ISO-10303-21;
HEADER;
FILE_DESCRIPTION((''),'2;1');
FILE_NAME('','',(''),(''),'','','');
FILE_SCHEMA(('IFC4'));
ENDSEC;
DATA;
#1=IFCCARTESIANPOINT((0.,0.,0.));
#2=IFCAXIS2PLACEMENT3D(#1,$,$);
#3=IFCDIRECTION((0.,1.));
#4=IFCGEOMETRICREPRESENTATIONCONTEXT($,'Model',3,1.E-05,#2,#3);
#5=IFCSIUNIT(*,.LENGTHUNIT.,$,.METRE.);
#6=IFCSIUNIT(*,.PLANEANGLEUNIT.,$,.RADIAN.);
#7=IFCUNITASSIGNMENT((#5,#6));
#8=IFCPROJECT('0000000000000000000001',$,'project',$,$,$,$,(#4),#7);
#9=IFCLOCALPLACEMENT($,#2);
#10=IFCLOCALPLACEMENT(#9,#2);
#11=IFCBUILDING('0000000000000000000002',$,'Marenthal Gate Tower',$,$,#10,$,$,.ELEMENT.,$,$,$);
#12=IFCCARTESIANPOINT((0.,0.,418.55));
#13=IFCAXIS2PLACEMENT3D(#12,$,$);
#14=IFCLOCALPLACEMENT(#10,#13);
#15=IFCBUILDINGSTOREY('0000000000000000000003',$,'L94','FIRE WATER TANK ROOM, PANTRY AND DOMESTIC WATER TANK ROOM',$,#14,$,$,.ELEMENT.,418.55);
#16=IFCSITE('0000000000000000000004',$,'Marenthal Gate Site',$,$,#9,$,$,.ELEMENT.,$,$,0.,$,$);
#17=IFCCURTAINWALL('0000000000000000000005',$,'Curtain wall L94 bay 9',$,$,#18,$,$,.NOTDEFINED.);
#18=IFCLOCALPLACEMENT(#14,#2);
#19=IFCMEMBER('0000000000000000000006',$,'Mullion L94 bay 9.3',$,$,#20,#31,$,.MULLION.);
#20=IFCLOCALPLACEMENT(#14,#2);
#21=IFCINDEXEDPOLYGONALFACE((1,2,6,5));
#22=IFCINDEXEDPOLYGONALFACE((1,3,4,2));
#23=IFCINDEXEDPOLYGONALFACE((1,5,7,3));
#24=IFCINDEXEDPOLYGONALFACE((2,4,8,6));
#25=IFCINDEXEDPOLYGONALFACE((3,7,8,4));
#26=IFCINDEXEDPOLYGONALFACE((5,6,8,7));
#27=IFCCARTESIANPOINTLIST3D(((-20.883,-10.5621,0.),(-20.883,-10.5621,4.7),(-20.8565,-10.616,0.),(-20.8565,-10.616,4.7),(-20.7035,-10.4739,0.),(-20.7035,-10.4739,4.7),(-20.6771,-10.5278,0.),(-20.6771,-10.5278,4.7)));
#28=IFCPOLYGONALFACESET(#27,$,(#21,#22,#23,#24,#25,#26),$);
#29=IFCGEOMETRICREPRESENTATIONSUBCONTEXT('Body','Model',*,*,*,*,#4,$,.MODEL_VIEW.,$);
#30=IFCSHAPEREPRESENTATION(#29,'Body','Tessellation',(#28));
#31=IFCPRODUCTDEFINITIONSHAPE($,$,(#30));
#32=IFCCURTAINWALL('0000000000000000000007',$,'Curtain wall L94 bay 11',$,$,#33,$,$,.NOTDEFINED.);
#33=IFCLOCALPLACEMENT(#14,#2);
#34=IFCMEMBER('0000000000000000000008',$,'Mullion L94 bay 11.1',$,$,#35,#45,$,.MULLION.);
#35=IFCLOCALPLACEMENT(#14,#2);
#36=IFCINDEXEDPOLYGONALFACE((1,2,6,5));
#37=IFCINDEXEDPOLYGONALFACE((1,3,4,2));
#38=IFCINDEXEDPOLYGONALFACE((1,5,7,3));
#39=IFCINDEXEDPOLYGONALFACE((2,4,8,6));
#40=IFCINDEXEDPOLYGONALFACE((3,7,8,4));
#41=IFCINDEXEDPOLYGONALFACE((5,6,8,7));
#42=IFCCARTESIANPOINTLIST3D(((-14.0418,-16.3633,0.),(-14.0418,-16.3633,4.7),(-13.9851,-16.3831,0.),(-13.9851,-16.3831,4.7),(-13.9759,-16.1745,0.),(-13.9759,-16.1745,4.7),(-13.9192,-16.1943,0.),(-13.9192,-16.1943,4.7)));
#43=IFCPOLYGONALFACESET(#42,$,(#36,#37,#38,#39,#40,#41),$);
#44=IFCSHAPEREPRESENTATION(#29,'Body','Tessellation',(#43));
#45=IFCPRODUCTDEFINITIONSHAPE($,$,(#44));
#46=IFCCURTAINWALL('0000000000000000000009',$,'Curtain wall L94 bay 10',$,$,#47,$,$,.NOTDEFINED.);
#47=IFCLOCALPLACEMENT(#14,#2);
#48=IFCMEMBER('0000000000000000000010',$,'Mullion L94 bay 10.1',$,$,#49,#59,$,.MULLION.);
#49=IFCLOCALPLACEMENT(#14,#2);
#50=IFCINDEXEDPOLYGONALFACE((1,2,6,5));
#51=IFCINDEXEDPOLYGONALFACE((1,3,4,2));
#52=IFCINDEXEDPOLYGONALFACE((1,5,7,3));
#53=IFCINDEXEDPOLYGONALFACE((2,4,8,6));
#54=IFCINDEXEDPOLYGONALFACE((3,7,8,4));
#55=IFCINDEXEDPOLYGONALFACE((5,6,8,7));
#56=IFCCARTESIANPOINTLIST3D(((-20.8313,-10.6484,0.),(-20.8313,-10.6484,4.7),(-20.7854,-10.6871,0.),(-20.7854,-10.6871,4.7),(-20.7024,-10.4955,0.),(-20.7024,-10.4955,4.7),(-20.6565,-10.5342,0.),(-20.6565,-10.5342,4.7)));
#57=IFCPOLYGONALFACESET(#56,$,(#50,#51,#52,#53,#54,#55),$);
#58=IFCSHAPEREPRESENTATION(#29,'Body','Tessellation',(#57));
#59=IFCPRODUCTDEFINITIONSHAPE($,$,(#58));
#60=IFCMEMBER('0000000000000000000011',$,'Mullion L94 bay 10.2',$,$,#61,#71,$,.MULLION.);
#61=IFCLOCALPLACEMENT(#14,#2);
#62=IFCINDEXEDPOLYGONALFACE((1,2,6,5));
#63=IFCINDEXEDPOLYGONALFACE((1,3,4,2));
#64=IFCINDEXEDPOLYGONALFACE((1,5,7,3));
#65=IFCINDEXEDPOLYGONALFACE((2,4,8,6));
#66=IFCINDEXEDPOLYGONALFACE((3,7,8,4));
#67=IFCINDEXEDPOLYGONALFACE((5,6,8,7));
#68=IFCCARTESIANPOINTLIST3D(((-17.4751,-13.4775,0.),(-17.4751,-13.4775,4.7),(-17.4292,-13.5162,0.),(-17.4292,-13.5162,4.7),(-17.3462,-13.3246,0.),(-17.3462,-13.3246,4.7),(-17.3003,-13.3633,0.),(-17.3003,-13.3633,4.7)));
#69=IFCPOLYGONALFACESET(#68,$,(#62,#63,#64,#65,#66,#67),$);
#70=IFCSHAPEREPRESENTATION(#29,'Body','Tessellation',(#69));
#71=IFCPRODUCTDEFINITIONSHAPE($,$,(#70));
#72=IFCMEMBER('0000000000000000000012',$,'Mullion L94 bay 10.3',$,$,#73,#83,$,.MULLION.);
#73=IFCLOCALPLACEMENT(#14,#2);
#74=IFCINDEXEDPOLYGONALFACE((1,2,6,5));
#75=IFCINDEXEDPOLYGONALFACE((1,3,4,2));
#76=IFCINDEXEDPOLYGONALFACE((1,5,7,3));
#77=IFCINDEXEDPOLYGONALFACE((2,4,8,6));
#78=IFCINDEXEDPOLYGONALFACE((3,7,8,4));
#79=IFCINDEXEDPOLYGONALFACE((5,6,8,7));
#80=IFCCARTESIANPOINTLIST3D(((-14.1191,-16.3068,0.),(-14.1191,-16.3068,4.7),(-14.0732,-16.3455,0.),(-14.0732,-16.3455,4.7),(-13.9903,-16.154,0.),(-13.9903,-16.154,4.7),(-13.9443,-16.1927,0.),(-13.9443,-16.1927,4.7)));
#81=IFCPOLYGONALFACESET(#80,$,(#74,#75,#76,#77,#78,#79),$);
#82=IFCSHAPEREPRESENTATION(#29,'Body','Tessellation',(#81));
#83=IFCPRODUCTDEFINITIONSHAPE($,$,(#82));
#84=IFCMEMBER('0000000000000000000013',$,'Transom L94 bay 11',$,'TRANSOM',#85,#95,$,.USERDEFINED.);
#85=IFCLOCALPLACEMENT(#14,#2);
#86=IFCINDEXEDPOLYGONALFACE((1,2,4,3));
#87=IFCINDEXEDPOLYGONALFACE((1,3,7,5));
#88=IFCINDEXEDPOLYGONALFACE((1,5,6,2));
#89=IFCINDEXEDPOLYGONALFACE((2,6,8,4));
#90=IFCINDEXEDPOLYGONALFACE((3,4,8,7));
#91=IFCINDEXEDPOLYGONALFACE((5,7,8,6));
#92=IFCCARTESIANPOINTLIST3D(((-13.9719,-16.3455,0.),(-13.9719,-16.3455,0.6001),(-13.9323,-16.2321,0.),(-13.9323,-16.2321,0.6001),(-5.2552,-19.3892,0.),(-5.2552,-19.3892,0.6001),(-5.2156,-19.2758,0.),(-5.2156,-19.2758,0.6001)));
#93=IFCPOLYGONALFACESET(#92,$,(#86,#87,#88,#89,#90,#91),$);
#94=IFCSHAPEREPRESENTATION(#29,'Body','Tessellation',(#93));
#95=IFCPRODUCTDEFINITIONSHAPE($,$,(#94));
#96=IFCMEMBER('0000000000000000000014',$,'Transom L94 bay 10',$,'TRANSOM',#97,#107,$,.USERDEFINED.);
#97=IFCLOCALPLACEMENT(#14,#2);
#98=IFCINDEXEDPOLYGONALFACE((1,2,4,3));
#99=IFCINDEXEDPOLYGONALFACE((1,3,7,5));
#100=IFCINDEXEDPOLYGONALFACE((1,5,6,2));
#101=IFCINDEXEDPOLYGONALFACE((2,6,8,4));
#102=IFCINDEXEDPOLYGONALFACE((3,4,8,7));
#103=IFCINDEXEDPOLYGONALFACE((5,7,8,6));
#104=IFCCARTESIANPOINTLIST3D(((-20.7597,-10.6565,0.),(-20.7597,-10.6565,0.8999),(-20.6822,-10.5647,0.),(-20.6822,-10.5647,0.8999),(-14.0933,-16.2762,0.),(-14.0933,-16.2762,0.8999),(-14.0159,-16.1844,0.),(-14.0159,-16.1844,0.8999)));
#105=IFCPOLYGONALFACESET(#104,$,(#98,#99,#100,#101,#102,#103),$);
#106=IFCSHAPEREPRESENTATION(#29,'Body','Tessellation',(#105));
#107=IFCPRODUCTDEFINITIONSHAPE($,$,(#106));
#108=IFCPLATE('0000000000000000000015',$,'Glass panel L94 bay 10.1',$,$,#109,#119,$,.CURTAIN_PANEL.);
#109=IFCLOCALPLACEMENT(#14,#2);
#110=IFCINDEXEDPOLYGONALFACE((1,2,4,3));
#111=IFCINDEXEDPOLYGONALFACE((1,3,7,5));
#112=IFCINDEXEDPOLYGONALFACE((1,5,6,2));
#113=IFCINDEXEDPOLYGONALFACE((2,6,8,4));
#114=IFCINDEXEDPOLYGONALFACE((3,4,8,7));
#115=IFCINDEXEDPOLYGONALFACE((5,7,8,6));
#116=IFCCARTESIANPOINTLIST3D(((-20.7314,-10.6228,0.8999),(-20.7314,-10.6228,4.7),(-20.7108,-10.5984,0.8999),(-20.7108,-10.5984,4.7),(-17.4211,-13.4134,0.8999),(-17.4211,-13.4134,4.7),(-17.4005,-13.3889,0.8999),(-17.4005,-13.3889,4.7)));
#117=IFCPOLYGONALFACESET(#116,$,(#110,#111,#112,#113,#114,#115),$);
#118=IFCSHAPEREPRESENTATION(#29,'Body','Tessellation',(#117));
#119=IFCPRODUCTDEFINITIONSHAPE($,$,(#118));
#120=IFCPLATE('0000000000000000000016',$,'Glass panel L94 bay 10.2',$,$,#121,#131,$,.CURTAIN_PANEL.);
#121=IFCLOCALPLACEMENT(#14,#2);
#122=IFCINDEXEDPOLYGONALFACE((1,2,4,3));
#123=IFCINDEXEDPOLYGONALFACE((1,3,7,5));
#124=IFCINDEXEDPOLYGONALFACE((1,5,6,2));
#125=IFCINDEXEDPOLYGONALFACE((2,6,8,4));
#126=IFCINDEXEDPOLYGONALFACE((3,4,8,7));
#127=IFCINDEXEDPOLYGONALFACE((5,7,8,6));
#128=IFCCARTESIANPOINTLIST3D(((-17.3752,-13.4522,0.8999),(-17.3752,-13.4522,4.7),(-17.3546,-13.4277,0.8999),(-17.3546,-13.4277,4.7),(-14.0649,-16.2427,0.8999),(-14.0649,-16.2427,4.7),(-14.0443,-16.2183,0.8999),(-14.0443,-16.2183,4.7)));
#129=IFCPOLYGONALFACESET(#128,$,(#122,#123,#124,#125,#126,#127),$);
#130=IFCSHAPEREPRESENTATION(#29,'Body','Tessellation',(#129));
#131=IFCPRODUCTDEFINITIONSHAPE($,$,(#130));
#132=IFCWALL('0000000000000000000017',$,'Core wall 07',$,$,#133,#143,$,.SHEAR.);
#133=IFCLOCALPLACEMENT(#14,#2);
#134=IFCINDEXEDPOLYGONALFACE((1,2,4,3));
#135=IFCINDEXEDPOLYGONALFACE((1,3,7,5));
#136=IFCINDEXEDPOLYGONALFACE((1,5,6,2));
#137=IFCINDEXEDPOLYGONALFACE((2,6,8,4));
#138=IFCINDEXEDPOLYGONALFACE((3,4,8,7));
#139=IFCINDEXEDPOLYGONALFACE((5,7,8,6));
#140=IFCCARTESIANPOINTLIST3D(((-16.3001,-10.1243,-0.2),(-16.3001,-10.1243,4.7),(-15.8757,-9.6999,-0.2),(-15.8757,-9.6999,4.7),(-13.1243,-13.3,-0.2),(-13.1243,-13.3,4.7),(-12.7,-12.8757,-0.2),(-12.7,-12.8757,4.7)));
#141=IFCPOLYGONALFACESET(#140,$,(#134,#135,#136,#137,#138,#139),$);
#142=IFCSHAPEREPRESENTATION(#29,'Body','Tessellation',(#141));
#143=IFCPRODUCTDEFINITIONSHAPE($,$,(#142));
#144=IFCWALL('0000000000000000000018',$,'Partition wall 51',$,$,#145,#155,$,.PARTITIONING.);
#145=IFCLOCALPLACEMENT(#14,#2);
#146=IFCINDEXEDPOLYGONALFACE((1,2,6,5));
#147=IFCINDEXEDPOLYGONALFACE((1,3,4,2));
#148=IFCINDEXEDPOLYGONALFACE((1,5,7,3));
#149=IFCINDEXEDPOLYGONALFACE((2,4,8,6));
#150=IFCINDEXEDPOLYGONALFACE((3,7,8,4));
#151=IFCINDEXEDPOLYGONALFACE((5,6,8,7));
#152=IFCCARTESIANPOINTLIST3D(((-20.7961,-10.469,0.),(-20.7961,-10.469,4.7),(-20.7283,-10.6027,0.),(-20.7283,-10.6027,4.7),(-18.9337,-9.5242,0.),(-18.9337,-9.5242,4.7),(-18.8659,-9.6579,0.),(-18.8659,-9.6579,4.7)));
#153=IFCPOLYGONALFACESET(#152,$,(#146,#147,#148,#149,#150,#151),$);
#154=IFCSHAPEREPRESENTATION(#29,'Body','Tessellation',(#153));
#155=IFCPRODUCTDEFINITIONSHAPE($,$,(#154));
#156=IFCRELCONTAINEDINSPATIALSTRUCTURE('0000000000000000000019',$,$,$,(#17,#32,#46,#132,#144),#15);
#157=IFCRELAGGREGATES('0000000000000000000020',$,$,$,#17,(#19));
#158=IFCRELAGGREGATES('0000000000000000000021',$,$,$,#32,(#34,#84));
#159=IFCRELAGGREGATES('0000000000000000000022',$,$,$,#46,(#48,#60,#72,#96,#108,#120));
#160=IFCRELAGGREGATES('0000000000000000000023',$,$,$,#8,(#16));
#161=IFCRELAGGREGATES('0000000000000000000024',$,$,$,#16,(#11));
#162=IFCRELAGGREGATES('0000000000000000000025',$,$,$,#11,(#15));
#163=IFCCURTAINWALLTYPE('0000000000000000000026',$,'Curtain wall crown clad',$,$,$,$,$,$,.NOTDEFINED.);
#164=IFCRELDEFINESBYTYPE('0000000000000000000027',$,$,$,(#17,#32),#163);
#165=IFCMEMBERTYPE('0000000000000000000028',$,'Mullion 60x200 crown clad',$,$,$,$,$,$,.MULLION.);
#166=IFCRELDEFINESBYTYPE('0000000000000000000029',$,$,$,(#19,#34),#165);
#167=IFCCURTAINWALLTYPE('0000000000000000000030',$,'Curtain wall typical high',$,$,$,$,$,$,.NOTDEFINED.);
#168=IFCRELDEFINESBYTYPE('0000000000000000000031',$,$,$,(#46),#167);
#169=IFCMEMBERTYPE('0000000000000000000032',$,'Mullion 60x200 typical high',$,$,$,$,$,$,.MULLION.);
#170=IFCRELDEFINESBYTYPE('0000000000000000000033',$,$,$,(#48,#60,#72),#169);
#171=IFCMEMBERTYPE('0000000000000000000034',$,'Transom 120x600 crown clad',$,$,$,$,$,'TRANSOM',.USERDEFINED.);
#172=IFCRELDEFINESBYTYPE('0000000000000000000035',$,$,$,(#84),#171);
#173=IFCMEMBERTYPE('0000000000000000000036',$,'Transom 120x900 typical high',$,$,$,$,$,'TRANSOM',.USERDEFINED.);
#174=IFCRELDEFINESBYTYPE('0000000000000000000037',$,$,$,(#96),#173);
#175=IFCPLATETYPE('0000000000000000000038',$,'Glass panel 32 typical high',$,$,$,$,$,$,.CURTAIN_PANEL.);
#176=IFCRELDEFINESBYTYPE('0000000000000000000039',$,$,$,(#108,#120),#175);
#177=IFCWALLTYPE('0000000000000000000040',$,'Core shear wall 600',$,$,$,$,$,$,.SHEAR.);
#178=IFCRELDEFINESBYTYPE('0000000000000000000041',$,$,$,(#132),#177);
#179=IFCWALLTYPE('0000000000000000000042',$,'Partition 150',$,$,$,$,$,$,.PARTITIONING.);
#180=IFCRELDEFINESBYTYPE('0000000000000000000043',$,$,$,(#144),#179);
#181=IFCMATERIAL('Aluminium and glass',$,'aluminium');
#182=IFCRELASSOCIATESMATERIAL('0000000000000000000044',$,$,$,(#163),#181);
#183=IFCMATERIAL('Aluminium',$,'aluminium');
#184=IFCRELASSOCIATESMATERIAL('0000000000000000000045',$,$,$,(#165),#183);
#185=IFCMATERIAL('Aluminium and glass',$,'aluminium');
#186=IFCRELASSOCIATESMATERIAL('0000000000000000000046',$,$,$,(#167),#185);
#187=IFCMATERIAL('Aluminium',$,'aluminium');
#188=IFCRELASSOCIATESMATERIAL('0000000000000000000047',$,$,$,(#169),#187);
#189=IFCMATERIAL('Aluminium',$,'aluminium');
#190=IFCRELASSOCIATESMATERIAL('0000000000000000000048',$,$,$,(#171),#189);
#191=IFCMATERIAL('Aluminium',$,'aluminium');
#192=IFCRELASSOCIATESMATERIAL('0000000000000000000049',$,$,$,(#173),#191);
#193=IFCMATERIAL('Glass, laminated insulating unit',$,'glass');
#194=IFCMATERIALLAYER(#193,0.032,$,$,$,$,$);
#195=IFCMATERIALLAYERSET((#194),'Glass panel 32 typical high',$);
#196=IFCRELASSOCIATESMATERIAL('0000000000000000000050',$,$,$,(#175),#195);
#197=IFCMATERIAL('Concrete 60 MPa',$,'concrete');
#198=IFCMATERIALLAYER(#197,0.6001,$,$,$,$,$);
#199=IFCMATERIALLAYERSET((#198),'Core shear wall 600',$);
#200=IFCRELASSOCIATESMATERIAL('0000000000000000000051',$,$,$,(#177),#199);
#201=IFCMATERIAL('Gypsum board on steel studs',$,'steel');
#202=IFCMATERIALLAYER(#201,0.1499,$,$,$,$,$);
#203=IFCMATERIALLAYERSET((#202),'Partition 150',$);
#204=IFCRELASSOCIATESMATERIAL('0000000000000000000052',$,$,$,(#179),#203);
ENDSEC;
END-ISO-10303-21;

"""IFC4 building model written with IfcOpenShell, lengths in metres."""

from ifc_helpers import new_model, si_unit, direction, frame, frame_2d, origin, origin_2d, place, context, subcontext, project, spatial, rectangle, extrude, material, layer, layer_set, material_profile, profile_set, type_object, element, aggregate, save


model = new_model("IFC4")

# Units and contexts
model_context = context("Model", 3, precision=1e-05, world=origin(), true_north=direction((0.0, 1.0)))
body_context = subcontext(model_context, "Body", "Model", "MODEL_VIEW")
ifc_project = project(units=[si_unit("LENGTHUNIT", "METRE"), si_unit("PLANEANGLEUNIT", "RADIAN")], contexts=[model_context])

# Site, building, storey
site_placement = place(None, origin())
site = spatial("IfcSite", under=ifc_project, at=site_placement, Name="Marenthal Gate Site", CompositionType="ELEMENT", RefElevation=0.0)
building_placement = place(site_placement, origin())
building = spatial("IfcBuilding", under=site, at=building_placement, Name="Marenthal Gate Tower", CompositionType="ELEMENT")
storey_placement = place(building_placement, frame((0.0, 0.0, 418.55)))
storey = spatial("IfcBuildingStorey", under=building, at=storey_placement, Name="L94", Description="FIRE WATER TANK ROOM, PANTRY AND DOMESTIC WATER TANK ROOM", CompositionType="ELEMENT", Elevation=418.55)

# Curtain walls, members
ifc_material_1 = material(Name="Aluminium and glass", Category="aluminium")
curtain_wall_type_1 = type_object("IfcCurtainWallType", Name="Curtain wall crown clad", PredefinedType="NOTDEFINED", material=ifc_material_1)
curtain_wall_1_placement = place(storey_placement, origin())
curtain_wall_1 = element("IfcCurtainWall", 1, at=curtain_wall_1_placement, inside=storey, type_object=curtain_wall_type_1, Name="Curtain wall L94 bay 9", PredefinedType="NOTDEFINED")
ifc_material_2 = material(Name="Aluminium", Category="aluminium")
ifc_material_profile_1 = material_profile(ifc_material_2, rectangle(XDim=0.2, YDim=0.0601, at=origin_2d()), Name="60x200 aluminium mullion")
ifc_profile_set_1 = profile_set([ifc_material_profile_1], Name="Aluminium")
member_type_1 = type_object("IfcMemberType", Name="Mullion 60x200 crown clad", PredefinedType="MULLION", material=ifc_profile_set_1)
member_1_placement = place(storey_placement, frame((-20.78, -10.5449, 0.0), z_axis=(0.0, 0.0, 1.0), x_axis=(0.897507, 0.441001, 0.0)))
member_1 = element("IfcMember", 2, at=member_1_placement, type_object=member_type_1, Name="Mullion L94 bay 9.3", PredefinedType="MULLION", context=body_context, shape_type="SweptSolid", body=[
    extrude(rectangle(XDim=0.2, YDim=0.0601, at=origin_2d()), origin(), (0.0, 0.0, 1.0), 4.7),
])
aggregate(curtain_wall_1, [member_1])
curtain_wall_2_placement = place(storey_placement, origin())
curtain_wall_2 = element("IfcCurtainWall", 3, at=curtain_wall_2_placement, inside=storey, type_object=curtain_wall_type_1, Name="Curtain wall L94 bay 11", PredefinedType="NOTDEFINED")
member_2_placement = place(storey_placement, frame((-13.9805, -16.2788, 0.0), z_axis=(0.0, 0.0, 1.0), x_axis=(0.329655, 0.944101, 0.0)))
member_2 = element("IfcMember", 4, at=member_2_placement, type_object=member_type_1, Name="Mullion L94 bay 11.1", PredefinedType="MULLION", context=body_context, shape_type="SweptSolid", body=[
    extrude(rectangle(XDim=0.2, YDim=0.0601, at=origin_2d()), origin(), (0.0, 0.0, 1.0), 4.7),
])

# Curtain wall, members
ifc_material_3 = material(Name="Aluminium and glass", Category="aluminium")
curtain_wall_type_2 = type_object("IfcCurtainWallType", Name="Curtain wall typical high", PredefinedType="NOTDEFINED", material=ifc_material_3)
curtain_wall_3_placement = place(storey_placement, origin())
curtain_wall_3 = element("IfcCurtainWall", 5, at=curtain_wall_3_placement, inside=storey, type_object=curtain_wall_type_2, Name="Curtain wall L94 bay 10", PredefinedType="NOTDEFINED")
ifc_material_4 = material(Name="Aluminium", Category="aluminium")
ifc_material_profile_2 = material_profile(ifc_material_4, rectangle(XDim=0.2, YDim=0.0601, at=origin_2d()), Name="60x200 aluminium mullion")
ifc_profile_set_2 = profile_set([ifc_material_profile_2], Name="Aluminium")
member_type_2 = type_object("IfcMemberType", Name="Mullion 60x200 typical high", PredefinedType="MULLION", material=ifc_profile_set_2)
member_3_placement = place(storey_placement, frame((-20.7439, -10.5913, 0.0), z_axis=(0.0, 0.0, 1.0), x_axis=(0.644531, 0.764578, 0.0)))
member_3 = element("IfcMember", 6, at=member_3_placement, type_object=member_type_2, Name="Mullion L94 bay 10.1", PredefinedType="MULLION", context=body_context, shape_type="SweptSolid", body=[
    extrude(rectangle(XDim=0.2, YDim=0.0601, at=origin_2d()), origin(), (0.0, 0.0, 1.0), 4.7),
])
member_4_placement = place(storey_placement, frame((-17.3877, -13.4204, 0.0), z_axis=(0.0, 0.0, 1.0), x_axis=(0.644531, 0.764578, 0.0)))
member_4 = element("IfcMember", 7, at=member_4_placement, type_object=member_type_2, Name="Mullion L94 bay 10.2", PredefinedType="MULLION", context=body_context, shape_type="SweptSolid", body=[
    extrude(rectangle(XDim=0.2, YDim=0.0601, at=origin_2d()), origin(), (0.0, 0.0, 1.0), 4.7),
])
member_5_placement = place(storey_placement, frame((-14.0317, -16.2498, 0.0), z_axis=(0.0, 0.0, 1.0), x_axis=(0.644531, 0.764578, 0.0)))
member_5 = element("IfcMember", 8, at=member_5_placement, type_object=member_type_2, Name="Mullion L94 bay 10.3", PredefinedType="MULLION", context=body_context, shape_type="SweptSolid", body=[
    extrude(rectangle(XDim=0.2, YDim=0.0601, at=origin_2d()), origin(), (0.0, 0.0, 1.0), 4.7),
])

# Members
ifc_material_5 = material(Name="Aluminium", Category="aluminium")
ifc_material_profile_3 = material_profile(ifc_material_5, rectangle(XDim=0.1201, YDim=0.6001, at=origin_2d()), Name="120x600 aluminium transom")
ifc_profile_set_3 = profile_set([ifc_material_profile_3], Name="Aluminium")
member_type_3 = type_object("IfcMemberType", Name="Transom 120x600 crown clad", ElementType="TRANSOM", PredefinedType="USERDEFINED", material=ifc_profile_set_3)
member_6_placement = place(storey_placement, frame((-13.9521, -16.2888, 0.3), z_axis=(0.944101, -0.329658, 0.0), x_axis=(0.329658, 0.944101, 0.0)))
member_6 = element("IfcMember", 9, at=member_6_placement, type_object=member_type_3, Name="Transom L94 bay 11", ObjectType="TRANSOM", PredefinedType="USERDEFINED", context=body_context, shape_type="SweptSolid", body=[
    extrude(rectangle(XDim=0.1201, YDim=0.6001, at=origin_2d()), origin(), (0.0, 0.0, 1.0), 9.2329),
])
aggregate(curtain_wall_2, [member_2, member_6])
ifc_material_6 = material(Name="Aluminium", Category="aluminium")
ifc_material_profile_4 = material_profile(ifc_material_6, rectangle(XDim=0.1201, YDim=0.8999, at=origin_2d()), Name="120x900 aluminium transom")
ifc_profile_set_4 = profile_set([ifc_material_profile_4], Name="Aluminium")
member_type_4 = type_object("IfcMemberType", Name="Transom 120x900 typical high", ElementType="TRANSOM", PredefinedType="USERDEFINED", material=ifc_profile_set_4)
member_7_placement = place(storey_placement, frame((-20.7209, -10.6106, 0.45), z_axis=(0.764576, -0.644534, 0.0), x_axis=(0.644534, 0.764576, 0.0)))
member_7 = element("IfcMember", 10, at=member_7_placement, type_object=member_type_4, Name="Transom L94 bay 10", ObjectType="TRANSOM", PredefinedType="USERDEFINED", context=body_context, shape_type="SweptSolid", body=[
    extrude(rectangle(XDim=0.1201, YDim=0.8999, at=origin_2d()), origin(), (0.0, 0.0, 1.0), 8.719),
])

# Plates
ifc_material_7 = material(Name="Glass, laminated insulating unit", Category="glass")
ifc_layer_1 = layer(ifc_material_7, 0.032)
ifc_layer_set_1 = layer_set([ifc_layer_1], Name="Glass panel 32 typical high")
plate_type = type_object("IfcPlateType", Name="Glass panel 32 typical high", PredefinedType="CURTAIN_PANEL", material=ifc_layer_set_1)
plate_1_placement = place(storey_placement, frame((-19.0659, -12.0059, 0.8999), z_axis=(0.0, 0.0, 1.0), x_axis=(0.764578, -0.644531, 0.0)))
plate_1 = element("IfcPlate", 11, at=plate_1_placement, type_object=plate_type, Name="Glass panel L94 bay 10.1", PredefinedType="CURTAIN_PANEL", context=body_context, shape_type="SweptSolid", body=[
    extrude(rectangle(XDim=4.3296, YDim=0.032, at=origin_2d()), origin(), (0.0, 0.0, 1.0), 3.8),
])
plate_2_placement = place(storey_placement, frame((-15.7097, -14.8352, 0.8999), z_axis=(0.0, 0.0, 1.0), x_axis=(0.764578, -0.644531, 0.0)))
plate_2 = element("IfcPlate", 12, at=plate_2_placement, type_object=plate_type, Name="Glass panel L94 bay 10.2", PredefinedType="CURTAIN_PANEL", context=body_context, shape_type="SweptSolid", body=[
    extrude(rectangle(XDim=4.3296, YDim=0.032, at=origin_2d()), origin(), (0.0, 0.0, 1.0), 3.8),
])
aggregate(curtain_wall_3, [member_3, member_4, member_5, member_7, plate_1, plate_2])

# Walls
ifc_material_8 = material(Name="Concrete 60 MPa", Category="concrete")
ifc_layer_2 = layer(ifc_material_8, 0.6001)
ifc_layer_set_2 = layer_set([ifc_layer_2], Name="Core shear wall 600")
wall_type_1 = type_object("IfcWallType", Name="Core shear wall 600", PredefinedType="SHEAR", material=ifc_layer_set_2)
wall_1_placement = place(storey_placement, frame((-16.0879, -9.9121, -0.2), z_axis=(0.0, 0.0, 1.0), x_axis=(0.707107, -0.707107, 0.0)))
element("IfcWall", 13, at=wall_1_placement, inside=storey, type_object=wall_type_1, Name="Core wall 07", PredefinedType="SHEAR", context=body_context, shape_type="SweptSolid", body=[
    extrude(rectangle(XDim=4.4912, YDim=0.6001, at=frame_2d((2.2456, 0.0))), origin(), (0.0, 0.0, 1.0), 4.8999),
])
ifc_material_9 = material(Name="Gypsum board on steel studs", Category="steel")
ifc_layer_3 = layer(ifc_material_9, 0.1499)
ifc_layer_set_3 = layer_set([ifc_layer_3], Name="Partition 150")
wall_type_2 = type_object("IfcWallType", Name="Partition 150", PredefinedType="PARTITIONING", material=ifc_layer_set_3)
wall_2_placement = place(storey_placement, frame((-20.7622, -10.5359, 0.0), z_axis=(0.0, 0.0, 1.0), x_axis=(0.891793, 0.452444, 0.0)))
element("IfcWall", 14, at=wall_2_placement, inside=storey, type_object=wall_type_2, Name="Partition wall 51", PredefinedType="PARTITIONING", context=body_context, shape_type="SweptSolid", body=[
    extrude(rectangle(XDim=2.0884, YDim=0.1499, at=frame_2d((1.0442, 0.0))), origin(), (0.0, 0.0, 1.0), 4.7),
])

save(model, "model.ifc")
